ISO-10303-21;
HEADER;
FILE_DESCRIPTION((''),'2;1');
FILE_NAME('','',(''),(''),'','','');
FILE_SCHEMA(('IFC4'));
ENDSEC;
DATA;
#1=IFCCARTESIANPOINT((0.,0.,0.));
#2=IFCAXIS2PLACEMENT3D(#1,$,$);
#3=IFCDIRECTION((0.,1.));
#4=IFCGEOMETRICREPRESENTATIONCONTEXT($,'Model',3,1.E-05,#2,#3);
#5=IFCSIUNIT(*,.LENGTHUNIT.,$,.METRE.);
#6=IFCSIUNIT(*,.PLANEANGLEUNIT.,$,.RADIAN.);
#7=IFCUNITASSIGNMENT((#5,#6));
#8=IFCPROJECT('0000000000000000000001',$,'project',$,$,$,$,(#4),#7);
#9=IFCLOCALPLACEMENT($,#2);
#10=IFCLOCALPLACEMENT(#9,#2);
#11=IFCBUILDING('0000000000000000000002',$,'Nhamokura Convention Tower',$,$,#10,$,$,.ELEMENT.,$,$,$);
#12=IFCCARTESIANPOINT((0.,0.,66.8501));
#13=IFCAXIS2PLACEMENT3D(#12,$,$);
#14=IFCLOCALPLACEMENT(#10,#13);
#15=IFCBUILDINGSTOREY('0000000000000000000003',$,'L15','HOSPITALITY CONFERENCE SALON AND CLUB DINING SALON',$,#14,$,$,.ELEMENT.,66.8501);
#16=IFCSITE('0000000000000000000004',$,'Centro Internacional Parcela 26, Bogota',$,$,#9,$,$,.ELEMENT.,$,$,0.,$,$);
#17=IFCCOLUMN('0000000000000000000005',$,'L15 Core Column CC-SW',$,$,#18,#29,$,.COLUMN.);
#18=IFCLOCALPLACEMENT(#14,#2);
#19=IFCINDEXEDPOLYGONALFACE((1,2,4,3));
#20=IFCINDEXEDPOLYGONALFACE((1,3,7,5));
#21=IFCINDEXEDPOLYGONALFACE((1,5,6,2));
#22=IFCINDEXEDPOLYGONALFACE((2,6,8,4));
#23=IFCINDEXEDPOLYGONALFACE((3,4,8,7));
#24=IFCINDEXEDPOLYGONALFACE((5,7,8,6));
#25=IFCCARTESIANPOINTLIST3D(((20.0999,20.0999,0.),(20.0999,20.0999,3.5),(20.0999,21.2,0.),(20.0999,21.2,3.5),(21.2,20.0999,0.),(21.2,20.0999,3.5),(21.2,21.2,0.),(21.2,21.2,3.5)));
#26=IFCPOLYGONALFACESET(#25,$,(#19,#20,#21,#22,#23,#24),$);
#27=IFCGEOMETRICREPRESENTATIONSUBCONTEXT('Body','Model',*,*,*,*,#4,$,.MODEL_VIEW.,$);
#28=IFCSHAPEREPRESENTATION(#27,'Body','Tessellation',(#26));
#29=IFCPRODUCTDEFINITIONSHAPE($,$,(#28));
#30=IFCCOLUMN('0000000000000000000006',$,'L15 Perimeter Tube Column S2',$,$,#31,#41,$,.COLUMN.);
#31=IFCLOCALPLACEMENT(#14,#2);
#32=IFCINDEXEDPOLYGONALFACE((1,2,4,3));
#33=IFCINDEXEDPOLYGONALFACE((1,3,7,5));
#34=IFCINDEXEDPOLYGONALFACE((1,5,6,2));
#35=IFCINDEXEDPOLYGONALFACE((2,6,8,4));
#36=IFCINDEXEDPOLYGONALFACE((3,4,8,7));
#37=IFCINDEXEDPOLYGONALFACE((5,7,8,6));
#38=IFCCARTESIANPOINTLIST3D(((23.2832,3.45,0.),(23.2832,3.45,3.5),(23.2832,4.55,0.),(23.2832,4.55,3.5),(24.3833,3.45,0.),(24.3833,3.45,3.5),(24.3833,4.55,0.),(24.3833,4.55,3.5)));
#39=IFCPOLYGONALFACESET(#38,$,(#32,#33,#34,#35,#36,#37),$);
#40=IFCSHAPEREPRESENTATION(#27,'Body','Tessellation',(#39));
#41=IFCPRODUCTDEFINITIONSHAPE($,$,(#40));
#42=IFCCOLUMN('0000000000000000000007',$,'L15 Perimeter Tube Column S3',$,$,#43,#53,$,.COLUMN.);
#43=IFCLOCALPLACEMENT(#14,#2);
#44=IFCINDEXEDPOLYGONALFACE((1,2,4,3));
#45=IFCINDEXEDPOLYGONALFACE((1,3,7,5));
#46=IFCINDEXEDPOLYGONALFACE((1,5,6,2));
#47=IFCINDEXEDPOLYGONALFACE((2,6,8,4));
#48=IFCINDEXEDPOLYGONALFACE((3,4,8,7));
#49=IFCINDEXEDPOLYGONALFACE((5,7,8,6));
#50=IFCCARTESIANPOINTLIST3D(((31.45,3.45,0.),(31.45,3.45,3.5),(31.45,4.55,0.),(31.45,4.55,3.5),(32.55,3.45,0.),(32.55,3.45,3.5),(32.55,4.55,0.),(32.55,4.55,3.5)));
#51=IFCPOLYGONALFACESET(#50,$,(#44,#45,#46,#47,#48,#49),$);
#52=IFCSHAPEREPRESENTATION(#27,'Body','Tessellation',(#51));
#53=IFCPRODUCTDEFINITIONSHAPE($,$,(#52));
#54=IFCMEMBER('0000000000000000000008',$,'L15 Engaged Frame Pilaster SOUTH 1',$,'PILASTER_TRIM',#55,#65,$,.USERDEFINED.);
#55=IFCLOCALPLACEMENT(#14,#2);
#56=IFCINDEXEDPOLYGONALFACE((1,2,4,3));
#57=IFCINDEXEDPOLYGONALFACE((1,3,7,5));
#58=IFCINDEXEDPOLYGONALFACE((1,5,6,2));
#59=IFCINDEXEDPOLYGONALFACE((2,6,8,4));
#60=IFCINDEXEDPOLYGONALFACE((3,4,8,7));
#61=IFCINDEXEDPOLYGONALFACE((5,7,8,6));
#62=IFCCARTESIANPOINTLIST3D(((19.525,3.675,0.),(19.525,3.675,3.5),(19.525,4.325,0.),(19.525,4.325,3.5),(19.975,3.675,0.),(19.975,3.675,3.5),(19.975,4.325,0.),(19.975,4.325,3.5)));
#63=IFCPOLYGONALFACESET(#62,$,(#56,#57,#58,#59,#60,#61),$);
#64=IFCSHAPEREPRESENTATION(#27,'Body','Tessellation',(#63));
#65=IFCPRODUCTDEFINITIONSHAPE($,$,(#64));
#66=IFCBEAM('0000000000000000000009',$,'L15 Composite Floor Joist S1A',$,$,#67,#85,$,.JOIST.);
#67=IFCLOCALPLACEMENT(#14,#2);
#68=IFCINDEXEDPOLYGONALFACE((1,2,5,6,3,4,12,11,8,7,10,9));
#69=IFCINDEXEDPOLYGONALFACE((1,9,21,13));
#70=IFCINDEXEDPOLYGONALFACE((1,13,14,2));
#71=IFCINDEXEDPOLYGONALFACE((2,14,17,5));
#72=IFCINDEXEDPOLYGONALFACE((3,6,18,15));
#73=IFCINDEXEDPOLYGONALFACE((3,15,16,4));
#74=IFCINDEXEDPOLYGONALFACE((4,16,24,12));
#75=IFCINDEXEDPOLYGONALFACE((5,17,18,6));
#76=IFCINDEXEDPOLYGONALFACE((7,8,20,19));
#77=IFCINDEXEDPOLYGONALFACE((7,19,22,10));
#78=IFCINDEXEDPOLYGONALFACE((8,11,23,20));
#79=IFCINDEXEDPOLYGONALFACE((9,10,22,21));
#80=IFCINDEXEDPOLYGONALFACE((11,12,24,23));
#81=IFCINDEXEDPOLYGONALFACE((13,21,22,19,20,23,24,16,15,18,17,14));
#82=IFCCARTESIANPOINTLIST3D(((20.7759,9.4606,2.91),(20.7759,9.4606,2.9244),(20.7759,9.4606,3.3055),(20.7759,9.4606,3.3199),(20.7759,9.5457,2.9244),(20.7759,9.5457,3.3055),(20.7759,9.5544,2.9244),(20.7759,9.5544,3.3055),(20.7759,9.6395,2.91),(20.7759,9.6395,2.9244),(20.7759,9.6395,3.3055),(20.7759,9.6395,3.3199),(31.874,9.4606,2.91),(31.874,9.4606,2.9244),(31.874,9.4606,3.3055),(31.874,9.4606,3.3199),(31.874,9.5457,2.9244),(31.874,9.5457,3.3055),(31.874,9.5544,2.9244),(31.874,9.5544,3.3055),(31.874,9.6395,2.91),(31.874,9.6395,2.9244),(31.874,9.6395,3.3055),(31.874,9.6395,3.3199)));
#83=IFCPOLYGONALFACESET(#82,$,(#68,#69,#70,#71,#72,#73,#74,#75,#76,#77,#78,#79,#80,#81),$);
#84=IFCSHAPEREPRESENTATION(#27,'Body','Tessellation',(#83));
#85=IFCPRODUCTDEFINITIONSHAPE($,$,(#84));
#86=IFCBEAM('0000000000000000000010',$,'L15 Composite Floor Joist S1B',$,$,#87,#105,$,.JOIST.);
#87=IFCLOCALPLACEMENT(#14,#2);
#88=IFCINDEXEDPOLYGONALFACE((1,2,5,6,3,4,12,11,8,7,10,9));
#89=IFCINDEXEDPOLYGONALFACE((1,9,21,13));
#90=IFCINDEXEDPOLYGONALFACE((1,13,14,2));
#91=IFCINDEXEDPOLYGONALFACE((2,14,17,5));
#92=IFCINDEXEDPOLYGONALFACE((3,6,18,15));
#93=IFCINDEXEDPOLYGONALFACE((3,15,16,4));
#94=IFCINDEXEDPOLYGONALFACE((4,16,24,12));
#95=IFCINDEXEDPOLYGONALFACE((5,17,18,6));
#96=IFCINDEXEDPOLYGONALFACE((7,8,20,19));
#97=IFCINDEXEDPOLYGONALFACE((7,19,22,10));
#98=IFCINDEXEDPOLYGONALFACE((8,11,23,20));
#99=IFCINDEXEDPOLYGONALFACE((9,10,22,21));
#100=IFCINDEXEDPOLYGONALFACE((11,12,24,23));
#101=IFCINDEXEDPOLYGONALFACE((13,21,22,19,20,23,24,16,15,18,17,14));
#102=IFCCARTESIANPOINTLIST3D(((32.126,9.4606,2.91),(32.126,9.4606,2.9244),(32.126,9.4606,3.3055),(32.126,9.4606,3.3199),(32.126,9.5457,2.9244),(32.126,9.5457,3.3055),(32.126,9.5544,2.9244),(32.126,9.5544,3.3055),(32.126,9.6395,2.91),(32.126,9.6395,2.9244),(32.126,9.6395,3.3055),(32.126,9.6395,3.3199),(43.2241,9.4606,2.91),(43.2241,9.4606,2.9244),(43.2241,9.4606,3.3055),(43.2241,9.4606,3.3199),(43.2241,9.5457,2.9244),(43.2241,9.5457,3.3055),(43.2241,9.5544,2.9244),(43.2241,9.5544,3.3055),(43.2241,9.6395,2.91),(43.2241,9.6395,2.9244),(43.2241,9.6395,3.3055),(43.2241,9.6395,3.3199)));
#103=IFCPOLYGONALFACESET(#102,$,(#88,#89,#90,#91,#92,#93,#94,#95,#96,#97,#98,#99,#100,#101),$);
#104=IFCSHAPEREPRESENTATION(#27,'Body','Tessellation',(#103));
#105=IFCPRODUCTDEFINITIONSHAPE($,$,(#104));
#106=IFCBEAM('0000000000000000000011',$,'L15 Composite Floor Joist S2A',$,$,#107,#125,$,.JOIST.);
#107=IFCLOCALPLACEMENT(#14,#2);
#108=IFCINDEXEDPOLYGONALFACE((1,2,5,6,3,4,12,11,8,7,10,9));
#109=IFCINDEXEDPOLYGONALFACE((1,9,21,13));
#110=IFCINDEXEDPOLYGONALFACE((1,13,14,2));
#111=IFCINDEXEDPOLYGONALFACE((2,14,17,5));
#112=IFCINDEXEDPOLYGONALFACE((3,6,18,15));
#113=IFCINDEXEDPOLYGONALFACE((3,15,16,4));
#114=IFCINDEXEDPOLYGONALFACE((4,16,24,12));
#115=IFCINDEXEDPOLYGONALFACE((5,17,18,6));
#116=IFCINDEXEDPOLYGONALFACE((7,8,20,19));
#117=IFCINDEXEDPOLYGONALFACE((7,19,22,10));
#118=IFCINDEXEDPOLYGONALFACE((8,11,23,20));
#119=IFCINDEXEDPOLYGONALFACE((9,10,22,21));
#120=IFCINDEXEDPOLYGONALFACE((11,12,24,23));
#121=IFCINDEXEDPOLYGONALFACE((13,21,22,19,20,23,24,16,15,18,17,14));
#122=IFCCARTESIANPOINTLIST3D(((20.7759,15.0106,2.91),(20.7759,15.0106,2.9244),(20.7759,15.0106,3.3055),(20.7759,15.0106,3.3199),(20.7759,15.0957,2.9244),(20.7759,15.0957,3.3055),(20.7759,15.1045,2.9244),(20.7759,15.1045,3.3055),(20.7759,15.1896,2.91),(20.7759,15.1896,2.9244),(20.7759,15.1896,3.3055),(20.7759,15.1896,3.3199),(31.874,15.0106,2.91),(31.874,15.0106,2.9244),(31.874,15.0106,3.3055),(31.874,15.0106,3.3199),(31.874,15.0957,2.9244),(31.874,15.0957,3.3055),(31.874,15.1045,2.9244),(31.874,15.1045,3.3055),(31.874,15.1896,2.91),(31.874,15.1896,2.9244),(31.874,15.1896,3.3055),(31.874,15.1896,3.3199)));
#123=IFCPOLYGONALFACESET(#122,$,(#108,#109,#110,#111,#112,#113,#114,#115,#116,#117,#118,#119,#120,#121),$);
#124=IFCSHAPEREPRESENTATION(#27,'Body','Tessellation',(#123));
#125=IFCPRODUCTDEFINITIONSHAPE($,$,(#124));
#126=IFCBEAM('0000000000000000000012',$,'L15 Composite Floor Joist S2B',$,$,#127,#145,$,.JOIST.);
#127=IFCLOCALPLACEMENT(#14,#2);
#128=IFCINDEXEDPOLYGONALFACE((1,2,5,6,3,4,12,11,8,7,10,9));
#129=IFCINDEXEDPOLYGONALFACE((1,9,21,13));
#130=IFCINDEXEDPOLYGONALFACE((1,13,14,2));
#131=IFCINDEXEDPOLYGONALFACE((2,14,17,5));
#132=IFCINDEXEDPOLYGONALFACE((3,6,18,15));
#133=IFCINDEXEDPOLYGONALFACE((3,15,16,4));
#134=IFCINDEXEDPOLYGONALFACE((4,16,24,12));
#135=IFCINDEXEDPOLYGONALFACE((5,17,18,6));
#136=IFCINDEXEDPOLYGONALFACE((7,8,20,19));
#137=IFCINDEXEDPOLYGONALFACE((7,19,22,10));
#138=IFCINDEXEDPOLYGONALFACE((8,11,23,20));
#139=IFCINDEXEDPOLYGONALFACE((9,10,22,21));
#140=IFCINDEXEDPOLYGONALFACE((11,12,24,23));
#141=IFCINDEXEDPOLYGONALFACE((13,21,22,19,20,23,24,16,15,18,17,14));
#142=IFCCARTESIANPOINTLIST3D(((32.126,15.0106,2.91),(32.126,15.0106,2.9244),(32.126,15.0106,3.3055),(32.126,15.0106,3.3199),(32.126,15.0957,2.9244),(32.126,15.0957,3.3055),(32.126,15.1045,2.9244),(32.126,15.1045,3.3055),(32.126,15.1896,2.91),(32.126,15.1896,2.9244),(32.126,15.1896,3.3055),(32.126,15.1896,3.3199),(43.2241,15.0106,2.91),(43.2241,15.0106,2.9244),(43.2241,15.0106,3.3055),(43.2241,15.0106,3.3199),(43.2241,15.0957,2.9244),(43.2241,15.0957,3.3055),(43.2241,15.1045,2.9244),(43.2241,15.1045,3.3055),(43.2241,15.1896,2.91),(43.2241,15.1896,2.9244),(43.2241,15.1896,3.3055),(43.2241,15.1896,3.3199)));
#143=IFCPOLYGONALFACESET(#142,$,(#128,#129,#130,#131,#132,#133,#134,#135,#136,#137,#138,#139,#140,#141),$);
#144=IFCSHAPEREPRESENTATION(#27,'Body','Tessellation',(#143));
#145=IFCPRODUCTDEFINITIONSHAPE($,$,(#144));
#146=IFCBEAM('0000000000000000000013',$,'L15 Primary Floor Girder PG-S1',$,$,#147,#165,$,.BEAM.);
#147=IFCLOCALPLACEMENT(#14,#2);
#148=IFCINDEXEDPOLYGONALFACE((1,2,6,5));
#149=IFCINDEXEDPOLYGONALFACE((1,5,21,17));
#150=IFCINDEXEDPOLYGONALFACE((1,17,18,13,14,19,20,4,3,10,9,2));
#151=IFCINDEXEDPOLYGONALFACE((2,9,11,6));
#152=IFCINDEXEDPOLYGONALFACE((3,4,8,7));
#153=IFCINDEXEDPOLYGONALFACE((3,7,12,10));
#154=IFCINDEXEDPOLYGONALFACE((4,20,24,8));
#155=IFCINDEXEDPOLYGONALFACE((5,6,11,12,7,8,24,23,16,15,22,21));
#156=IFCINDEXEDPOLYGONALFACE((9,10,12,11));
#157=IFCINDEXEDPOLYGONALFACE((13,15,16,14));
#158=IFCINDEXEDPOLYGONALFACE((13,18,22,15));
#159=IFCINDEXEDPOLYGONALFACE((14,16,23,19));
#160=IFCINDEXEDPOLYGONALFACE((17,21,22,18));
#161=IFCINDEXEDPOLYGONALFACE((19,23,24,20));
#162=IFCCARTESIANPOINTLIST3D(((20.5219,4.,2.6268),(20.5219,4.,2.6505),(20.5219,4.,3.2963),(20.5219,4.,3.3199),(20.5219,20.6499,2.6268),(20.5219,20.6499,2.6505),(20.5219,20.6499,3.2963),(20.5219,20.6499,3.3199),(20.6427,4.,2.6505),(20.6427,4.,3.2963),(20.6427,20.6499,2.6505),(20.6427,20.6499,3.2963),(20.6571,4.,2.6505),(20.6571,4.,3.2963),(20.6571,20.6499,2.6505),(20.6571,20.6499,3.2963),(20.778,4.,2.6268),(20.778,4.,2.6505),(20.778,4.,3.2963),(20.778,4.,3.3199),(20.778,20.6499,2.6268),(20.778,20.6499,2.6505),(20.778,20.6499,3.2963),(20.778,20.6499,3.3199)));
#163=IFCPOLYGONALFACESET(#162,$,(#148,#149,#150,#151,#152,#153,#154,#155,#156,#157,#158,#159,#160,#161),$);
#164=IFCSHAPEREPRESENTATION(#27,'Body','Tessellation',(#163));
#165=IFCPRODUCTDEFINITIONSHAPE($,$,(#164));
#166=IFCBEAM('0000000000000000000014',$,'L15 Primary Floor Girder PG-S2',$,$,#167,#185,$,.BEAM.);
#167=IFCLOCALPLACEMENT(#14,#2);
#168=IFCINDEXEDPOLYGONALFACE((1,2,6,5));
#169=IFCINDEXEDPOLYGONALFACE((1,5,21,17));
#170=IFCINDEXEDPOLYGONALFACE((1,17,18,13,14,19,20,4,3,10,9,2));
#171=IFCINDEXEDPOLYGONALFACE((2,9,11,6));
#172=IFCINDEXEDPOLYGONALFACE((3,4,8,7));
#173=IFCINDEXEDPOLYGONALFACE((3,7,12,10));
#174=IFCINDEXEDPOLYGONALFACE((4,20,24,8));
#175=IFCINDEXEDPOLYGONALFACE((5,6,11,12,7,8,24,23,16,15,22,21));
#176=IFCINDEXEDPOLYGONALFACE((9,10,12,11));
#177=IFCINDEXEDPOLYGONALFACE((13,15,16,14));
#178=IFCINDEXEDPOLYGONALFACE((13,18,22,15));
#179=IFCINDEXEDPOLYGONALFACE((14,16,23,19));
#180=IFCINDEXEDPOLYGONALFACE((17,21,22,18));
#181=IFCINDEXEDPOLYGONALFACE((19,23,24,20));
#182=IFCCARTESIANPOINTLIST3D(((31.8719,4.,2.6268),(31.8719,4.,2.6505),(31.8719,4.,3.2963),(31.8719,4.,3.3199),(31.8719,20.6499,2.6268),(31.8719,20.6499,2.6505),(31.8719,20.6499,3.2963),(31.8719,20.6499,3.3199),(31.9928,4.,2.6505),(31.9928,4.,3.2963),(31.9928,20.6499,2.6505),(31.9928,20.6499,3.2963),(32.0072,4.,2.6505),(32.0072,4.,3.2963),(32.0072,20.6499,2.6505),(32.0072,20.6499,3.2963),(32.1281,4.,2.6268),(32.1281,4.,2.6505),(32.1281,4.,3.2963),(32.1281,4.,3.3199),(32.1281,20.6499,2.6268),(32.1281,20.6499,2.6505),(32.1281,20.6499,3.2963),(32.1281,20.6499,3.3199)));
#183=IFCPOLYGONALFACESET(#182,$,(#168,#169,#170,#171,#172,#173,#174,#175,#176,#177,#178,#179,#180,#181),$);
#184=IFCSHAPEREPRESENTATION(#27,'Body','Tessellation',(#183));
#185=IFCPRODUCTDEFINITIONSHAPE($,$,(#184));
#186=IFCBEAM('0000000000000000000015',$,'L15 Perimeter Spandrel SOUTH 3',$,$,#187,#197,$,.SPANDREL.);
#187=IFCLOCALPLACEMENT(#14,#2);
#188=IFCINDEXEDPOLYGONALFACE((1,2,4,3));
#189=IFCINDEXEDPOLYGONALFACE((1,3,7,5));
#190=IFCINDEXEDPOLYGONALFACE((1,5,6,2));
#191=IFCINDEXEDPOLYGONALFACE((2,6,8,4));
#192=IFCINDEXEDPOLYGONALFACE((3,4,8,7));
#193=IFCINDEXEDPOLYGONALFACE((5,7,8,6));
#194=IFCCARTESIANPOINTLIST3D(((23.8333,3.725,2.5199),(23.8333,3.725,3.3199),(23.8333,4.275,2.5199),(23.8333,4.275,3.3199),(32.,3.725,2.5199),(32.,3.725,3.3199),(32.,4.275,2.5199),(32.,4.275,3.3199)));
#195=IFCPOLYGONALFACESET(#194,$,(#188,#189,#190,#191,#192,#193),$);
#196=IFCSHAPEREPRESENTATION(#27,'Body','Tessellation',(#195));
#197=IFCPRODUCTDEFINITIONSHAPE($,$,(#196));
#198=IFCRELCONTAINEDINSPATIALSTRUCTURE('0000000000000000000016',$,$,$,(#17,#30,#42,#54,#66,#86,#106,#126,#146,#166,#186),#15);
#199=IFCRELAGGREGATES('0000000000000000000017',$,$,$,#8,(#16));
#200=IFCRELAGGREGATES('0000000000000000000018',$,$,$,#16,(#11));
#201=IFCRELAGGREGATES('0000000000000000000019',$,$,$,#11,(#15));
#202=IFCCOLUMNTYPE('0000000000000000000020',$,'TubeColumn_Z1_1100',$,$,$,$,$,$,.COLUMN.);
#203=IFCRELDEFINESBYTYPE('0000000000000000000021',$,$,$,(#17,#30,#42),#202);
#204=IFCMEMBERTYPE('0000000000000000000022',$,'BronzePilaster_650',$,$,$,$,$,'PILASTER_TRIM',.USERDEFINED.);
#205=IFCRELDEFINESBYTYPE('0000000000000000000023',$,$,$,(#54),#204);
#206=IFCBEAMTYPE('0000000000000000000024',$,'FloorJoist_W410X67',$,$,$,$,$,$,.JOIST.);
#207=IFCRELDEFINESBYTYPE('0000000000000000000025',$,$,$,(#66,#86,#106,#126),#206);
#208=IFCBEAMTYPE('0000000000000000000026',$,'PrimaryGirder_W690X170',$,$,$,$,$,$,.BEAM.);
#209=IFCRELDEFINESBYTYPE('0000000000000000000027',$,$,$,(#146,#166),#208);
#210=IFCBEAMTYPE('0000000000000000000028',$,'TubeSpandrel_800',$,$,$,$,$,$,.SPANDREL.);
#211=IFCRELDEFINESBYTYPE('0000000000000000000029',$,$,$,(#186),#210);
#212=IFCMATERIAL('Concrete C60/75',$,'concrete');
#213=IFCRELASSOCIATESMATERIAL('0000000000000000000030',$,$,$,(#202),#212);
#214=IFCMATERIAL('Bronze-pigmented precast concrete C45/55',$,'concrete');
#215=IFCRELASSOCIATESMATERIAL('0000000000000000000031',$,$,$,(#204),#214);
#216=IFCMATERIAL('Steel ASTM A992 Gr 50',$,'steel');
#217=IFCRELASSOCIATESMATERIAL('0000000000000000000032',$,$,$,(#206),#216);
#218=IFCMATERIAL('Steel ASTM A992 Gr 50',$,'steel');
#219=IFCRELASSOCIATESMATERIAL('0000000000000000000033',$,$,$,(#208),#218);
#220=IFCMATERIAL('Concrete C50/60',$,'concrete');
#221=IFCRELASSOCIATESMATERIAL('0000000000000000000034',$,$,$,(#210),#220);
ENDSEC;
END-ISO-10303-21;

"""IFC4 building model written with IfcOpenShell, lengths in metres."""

from ifc_helpers import new_model, si_unit, direction, frame, origin, origin_2d, place, context, subcontext, project, spatial, rectangle, i_section, extrude, material, material_profile, profile_set, type_object, element, save


model = new_model("IFC4")

# Units and contexts
model_context = context("Model", 3, precision=1e-05, world=origin(), true_north=direction((0.0, 1.0)))
body_context = subcontext(model_context, "Body", "Model", "MODEL_VIEW")
ifc_project = project(units=[si_unit("LENGTHUNIT", "METRE"), si_unit("PLANEANGLEUNIT", "RADIAN")], contexts=[model_context])

# Site, building, storey
site_placement = place(None, origin())
site = spatial("IfcSite", under=ifc_project, at=site_placement, Name="Centro Internacional Parcela 26, Bogota", CompositionType="ELEMENT", RefElevation=0.0)
building_placement = place(site_placement, origin())
building = spatial("IfcBuilding", under=site, at=building_placement, Name="Nhamokura Convention Tower", CompositionType="ELEMENT")
storey_placement = place(building_placement, frame((0.0, 0.0, 66.8501)))
storey = spatial("IfcBuildingStorey", under=building, at=storey_placement, Name="L15", Description="HOSPITALITY CONFERENCE SALON AND CLUB DINING SALON", CompositionType="ELEMENT", Elevation=66.8501)

# Columns
ifc_material_1 = material(Name="Concrete C60/75", Category="concrete")
ifc_material_profile_1 = material_profile(ifc_material_1, rectangle(XDim=1.1001, YDim=1.1001, at=origin_2d()))
ifc_profile_set_1 = profile_set([ifc_material_profile_1], Name="Concrete C60/75")
column_type = type_object("IfcColumnType", Name="TubeColumn_Z1_1100", PredefinedType="COLUMN", material=ifc_profile_set_1)
for number, where, z_axis, x_axis, name in (
    (1, (20.6499, 20.6499, 0.0), (0.0, 0.0, 1.0), (1.0, 0.0, 0.0), "L15 Core Column CC-SW"),
    (2, (23.8333, 4.0, 0.0), (0.0, 0.0, 1.0), (1.0, 0.0, 0.0), "L15 Perimeter Tube Column S2"),
    (3, (32.0, 4.0, 0.0), (0.0, 0.0, 1.0), (1.0, 0.0, 0.0), "L15 Perimeter Tube Column S3"),
):
    element("IfcColumn", number, at=place(storey_placement, frame(where, z_axis=z_axis, x_axis=x_axis)), inside=storey, type_object=column_type, Name=name, PredefinedType="COLUMN", context=body_context, shape_type="SweptSolid", body=[
        extrude(rectangle(XDim=1.1001, YDim=1.1001, at=origin_2d()), origin(), (0.0, 0.0, 1.0), 3.5),
    ])

# Member
ifc_material_2 = material(Name="Bronze-pigmented precast concrete C45/55", Category="concrete")
ifc_material_profile_2 = material_profile(ifc_material_2, rectangle(XDim=0.45, YDim=0.6499, at=origin_2d()))
ifc_profile_set_2 = profile_set([ifc_material_profile_2], Name="Bronze-pigmented precast concrete C45/55")
member_type = type_object("IfcMemberType", Name="BronzePilaster_650", ElementType="PILASTER_TRIM", PredefinedType="USERDEFINED", material=ifc_profile_set_2)
member_placement = place(storey_placement, frame((19.75, 4.0, 0.0), z_axis=(0.0, 0.0, 1.0), x_axis=(1.0, 0.0, 0.0)))
element("IfcMember", 4, at=member_placement, inside=storey, type_object=member_type, Name="L15 Engaged Frame Pilaster SOUTH 1", ObjectType="PILASTER_TRIM", PredefinedType="USERDEFINED", context=body_context, shape_type="SweptSolid", body=[
    extrude(rectangle(XDim=0.45, YDim=0.6499, at=origin_2d()), origin(), (0.0, 0.0, 1.0), 3.5),
])

# Beams
ifc_material_3 = material(Name="Steel ASTM A992 Gr 50", Category="steel")
ifc_material_profile_3 = material_profile(ifc_material_3, i_section(OverallWidth=0.179, OverallDepth=0.4099, WebThickness=0.0088, FlangeThickness=0.0144, at=origin_2d()))
ifc_profile_set_3 = profile_set([ifc_material_profile_3], Name="Steel ASTM A992 Gr 50")
beam_type_1 = type_object("IfcBeamType", Name="FloorJoist_W410X67", PredefinedType="JOIST", material=ifc_profile_set_3)
for number, where, z_axis, x_axis, name in (
    (5, (20.7759, 9.55, 3.115), (1.0, 0.0, 0.0), (0.0, 1.0, 0.0), "L15 Composite Floor Joist S1A"),
    (6, (32.126, 9.55, 3.115), (1.0, 0.0, 0.0), (0.0, 1.0, 0.0), "L15 Composite Floor Joist S1B"),
    (7, (20.7759, 15.1001, 3.115), (1.0, 0.0, 0.0), (0.0, 1.0, 0.0), "L15 Composite Floor Joist S2A"),
    (8, (32.126, 15.1001, 3.115), (1.0, 0.0, 0.0), (0.0, 1.0, 0.0), "L15 Composite Floor Joist S2B"),
):
    element("IfcBeam", number, at=place(storey_placement, frame(where, z_axis=z_axis, x_axis=x_axis)), inside=storey, type_object=beam_type_1, Name=name, PredefinedType="JOIST", context=body_context, shape_type="SweptSolid", body=[
        extrude(i_section(OverallWidth=0.179, OverallDepth=0.4099, WebThickness=0.0088, FlangeThickness=0.0144, at=origin_2d()), origin(), (0.0, 0.0, 1.0), 11.0981),
    ])
ifc_material_4 = material(Name="Steel ASTM A992 Gr 50", Category="steel")
ifc_material_profile_4 = material_profile(ifc_material_4, i_section(OverallWidth=0.2561, OverallDepth=0.6931, WebThickness=0.0144, FlangeThickness=0.0237, at=origin_2d()))
ifc_profile_set_4 = profile_set([ifc_material_profile_4], Name="Steel ASTM A992 Gr 50")
beam_type_2 = type_object("IfcBeamType", Name="PrimaryGirder_W690X170", PredefinedType="BEAM", material=ifc_profile_set_4)
for number, where, z_axis, x_axis, name in (
    (9, (20.6499, 4.0, 2.9734), (0.0, 1.0, 0.0), (-1.0, 0.0, 0.0), "L15 Primary Floor Girder PG-S1"),
    (10, (32.0, 4.0, 2.9734), (0.0, 1.0, 0.0), (-1.0, 0.0, 0.0), "L15 Primary Floor Girder PG-S2"),
):
    element("IfcBeam", number, at=place(storey_placement, frame(where, z_axis=z_axis, x_axis=x_axis)), inside=storey, type_object=beam_type_2, Name=name, PredefinedType="BEAM", context=body_context, shape_type="SweptSolid", body=[
        extrude(i_section(OverallWidth=0.2561, OverallDepth=0.6931, WebThickness=0.0144, FlangeThickness=0.0237, at=origin_2d()), origin(), (0.0, 0.0, 1.0), 16.6499),
    ])
ifc_material_5 = material(Name="Concrete C50/60", Category="concrete")
ifc_material_profile_5 = material_profile(ifc_material_5, rectangle(XDim=0.55, YDim=0.8, at=origin_2d()))
ifc_profile_set_5 = profile_set([ifc_material_profile_5], Name="Concrete C50/60")
beam_type_3 = type_object("IfcBeamType", Name="TubeSpandrel_800", PredefinedType="SPANDREL", material=ifc_profile_set_5)
for number, where, z_axis, x_axis, name in (
    (11, (23.8333, 4.0, 2.9199), (1.0, 0.0, 0.0), (0.0, 1.0, 0.0), "L15 Perimeter Spandrel SOUTH 3"),
):
    element("IfcBeam", number, at=place(storey_placement, frame(where, z_axis=z_axis, x_axis=x_axis)), inside=storey, type_object=beam_type_3, Name=name, PredefinedType="SPANDREL", context=body_context, shape_type="SweptSolid", body=[
        extrude(rectangle(XDim=0.55, YDim=0.8, at=origin_2d()), origin(), (0.0, 0.0, 1.0), 8.1667),
    ])

save(model, "model.ifc")
